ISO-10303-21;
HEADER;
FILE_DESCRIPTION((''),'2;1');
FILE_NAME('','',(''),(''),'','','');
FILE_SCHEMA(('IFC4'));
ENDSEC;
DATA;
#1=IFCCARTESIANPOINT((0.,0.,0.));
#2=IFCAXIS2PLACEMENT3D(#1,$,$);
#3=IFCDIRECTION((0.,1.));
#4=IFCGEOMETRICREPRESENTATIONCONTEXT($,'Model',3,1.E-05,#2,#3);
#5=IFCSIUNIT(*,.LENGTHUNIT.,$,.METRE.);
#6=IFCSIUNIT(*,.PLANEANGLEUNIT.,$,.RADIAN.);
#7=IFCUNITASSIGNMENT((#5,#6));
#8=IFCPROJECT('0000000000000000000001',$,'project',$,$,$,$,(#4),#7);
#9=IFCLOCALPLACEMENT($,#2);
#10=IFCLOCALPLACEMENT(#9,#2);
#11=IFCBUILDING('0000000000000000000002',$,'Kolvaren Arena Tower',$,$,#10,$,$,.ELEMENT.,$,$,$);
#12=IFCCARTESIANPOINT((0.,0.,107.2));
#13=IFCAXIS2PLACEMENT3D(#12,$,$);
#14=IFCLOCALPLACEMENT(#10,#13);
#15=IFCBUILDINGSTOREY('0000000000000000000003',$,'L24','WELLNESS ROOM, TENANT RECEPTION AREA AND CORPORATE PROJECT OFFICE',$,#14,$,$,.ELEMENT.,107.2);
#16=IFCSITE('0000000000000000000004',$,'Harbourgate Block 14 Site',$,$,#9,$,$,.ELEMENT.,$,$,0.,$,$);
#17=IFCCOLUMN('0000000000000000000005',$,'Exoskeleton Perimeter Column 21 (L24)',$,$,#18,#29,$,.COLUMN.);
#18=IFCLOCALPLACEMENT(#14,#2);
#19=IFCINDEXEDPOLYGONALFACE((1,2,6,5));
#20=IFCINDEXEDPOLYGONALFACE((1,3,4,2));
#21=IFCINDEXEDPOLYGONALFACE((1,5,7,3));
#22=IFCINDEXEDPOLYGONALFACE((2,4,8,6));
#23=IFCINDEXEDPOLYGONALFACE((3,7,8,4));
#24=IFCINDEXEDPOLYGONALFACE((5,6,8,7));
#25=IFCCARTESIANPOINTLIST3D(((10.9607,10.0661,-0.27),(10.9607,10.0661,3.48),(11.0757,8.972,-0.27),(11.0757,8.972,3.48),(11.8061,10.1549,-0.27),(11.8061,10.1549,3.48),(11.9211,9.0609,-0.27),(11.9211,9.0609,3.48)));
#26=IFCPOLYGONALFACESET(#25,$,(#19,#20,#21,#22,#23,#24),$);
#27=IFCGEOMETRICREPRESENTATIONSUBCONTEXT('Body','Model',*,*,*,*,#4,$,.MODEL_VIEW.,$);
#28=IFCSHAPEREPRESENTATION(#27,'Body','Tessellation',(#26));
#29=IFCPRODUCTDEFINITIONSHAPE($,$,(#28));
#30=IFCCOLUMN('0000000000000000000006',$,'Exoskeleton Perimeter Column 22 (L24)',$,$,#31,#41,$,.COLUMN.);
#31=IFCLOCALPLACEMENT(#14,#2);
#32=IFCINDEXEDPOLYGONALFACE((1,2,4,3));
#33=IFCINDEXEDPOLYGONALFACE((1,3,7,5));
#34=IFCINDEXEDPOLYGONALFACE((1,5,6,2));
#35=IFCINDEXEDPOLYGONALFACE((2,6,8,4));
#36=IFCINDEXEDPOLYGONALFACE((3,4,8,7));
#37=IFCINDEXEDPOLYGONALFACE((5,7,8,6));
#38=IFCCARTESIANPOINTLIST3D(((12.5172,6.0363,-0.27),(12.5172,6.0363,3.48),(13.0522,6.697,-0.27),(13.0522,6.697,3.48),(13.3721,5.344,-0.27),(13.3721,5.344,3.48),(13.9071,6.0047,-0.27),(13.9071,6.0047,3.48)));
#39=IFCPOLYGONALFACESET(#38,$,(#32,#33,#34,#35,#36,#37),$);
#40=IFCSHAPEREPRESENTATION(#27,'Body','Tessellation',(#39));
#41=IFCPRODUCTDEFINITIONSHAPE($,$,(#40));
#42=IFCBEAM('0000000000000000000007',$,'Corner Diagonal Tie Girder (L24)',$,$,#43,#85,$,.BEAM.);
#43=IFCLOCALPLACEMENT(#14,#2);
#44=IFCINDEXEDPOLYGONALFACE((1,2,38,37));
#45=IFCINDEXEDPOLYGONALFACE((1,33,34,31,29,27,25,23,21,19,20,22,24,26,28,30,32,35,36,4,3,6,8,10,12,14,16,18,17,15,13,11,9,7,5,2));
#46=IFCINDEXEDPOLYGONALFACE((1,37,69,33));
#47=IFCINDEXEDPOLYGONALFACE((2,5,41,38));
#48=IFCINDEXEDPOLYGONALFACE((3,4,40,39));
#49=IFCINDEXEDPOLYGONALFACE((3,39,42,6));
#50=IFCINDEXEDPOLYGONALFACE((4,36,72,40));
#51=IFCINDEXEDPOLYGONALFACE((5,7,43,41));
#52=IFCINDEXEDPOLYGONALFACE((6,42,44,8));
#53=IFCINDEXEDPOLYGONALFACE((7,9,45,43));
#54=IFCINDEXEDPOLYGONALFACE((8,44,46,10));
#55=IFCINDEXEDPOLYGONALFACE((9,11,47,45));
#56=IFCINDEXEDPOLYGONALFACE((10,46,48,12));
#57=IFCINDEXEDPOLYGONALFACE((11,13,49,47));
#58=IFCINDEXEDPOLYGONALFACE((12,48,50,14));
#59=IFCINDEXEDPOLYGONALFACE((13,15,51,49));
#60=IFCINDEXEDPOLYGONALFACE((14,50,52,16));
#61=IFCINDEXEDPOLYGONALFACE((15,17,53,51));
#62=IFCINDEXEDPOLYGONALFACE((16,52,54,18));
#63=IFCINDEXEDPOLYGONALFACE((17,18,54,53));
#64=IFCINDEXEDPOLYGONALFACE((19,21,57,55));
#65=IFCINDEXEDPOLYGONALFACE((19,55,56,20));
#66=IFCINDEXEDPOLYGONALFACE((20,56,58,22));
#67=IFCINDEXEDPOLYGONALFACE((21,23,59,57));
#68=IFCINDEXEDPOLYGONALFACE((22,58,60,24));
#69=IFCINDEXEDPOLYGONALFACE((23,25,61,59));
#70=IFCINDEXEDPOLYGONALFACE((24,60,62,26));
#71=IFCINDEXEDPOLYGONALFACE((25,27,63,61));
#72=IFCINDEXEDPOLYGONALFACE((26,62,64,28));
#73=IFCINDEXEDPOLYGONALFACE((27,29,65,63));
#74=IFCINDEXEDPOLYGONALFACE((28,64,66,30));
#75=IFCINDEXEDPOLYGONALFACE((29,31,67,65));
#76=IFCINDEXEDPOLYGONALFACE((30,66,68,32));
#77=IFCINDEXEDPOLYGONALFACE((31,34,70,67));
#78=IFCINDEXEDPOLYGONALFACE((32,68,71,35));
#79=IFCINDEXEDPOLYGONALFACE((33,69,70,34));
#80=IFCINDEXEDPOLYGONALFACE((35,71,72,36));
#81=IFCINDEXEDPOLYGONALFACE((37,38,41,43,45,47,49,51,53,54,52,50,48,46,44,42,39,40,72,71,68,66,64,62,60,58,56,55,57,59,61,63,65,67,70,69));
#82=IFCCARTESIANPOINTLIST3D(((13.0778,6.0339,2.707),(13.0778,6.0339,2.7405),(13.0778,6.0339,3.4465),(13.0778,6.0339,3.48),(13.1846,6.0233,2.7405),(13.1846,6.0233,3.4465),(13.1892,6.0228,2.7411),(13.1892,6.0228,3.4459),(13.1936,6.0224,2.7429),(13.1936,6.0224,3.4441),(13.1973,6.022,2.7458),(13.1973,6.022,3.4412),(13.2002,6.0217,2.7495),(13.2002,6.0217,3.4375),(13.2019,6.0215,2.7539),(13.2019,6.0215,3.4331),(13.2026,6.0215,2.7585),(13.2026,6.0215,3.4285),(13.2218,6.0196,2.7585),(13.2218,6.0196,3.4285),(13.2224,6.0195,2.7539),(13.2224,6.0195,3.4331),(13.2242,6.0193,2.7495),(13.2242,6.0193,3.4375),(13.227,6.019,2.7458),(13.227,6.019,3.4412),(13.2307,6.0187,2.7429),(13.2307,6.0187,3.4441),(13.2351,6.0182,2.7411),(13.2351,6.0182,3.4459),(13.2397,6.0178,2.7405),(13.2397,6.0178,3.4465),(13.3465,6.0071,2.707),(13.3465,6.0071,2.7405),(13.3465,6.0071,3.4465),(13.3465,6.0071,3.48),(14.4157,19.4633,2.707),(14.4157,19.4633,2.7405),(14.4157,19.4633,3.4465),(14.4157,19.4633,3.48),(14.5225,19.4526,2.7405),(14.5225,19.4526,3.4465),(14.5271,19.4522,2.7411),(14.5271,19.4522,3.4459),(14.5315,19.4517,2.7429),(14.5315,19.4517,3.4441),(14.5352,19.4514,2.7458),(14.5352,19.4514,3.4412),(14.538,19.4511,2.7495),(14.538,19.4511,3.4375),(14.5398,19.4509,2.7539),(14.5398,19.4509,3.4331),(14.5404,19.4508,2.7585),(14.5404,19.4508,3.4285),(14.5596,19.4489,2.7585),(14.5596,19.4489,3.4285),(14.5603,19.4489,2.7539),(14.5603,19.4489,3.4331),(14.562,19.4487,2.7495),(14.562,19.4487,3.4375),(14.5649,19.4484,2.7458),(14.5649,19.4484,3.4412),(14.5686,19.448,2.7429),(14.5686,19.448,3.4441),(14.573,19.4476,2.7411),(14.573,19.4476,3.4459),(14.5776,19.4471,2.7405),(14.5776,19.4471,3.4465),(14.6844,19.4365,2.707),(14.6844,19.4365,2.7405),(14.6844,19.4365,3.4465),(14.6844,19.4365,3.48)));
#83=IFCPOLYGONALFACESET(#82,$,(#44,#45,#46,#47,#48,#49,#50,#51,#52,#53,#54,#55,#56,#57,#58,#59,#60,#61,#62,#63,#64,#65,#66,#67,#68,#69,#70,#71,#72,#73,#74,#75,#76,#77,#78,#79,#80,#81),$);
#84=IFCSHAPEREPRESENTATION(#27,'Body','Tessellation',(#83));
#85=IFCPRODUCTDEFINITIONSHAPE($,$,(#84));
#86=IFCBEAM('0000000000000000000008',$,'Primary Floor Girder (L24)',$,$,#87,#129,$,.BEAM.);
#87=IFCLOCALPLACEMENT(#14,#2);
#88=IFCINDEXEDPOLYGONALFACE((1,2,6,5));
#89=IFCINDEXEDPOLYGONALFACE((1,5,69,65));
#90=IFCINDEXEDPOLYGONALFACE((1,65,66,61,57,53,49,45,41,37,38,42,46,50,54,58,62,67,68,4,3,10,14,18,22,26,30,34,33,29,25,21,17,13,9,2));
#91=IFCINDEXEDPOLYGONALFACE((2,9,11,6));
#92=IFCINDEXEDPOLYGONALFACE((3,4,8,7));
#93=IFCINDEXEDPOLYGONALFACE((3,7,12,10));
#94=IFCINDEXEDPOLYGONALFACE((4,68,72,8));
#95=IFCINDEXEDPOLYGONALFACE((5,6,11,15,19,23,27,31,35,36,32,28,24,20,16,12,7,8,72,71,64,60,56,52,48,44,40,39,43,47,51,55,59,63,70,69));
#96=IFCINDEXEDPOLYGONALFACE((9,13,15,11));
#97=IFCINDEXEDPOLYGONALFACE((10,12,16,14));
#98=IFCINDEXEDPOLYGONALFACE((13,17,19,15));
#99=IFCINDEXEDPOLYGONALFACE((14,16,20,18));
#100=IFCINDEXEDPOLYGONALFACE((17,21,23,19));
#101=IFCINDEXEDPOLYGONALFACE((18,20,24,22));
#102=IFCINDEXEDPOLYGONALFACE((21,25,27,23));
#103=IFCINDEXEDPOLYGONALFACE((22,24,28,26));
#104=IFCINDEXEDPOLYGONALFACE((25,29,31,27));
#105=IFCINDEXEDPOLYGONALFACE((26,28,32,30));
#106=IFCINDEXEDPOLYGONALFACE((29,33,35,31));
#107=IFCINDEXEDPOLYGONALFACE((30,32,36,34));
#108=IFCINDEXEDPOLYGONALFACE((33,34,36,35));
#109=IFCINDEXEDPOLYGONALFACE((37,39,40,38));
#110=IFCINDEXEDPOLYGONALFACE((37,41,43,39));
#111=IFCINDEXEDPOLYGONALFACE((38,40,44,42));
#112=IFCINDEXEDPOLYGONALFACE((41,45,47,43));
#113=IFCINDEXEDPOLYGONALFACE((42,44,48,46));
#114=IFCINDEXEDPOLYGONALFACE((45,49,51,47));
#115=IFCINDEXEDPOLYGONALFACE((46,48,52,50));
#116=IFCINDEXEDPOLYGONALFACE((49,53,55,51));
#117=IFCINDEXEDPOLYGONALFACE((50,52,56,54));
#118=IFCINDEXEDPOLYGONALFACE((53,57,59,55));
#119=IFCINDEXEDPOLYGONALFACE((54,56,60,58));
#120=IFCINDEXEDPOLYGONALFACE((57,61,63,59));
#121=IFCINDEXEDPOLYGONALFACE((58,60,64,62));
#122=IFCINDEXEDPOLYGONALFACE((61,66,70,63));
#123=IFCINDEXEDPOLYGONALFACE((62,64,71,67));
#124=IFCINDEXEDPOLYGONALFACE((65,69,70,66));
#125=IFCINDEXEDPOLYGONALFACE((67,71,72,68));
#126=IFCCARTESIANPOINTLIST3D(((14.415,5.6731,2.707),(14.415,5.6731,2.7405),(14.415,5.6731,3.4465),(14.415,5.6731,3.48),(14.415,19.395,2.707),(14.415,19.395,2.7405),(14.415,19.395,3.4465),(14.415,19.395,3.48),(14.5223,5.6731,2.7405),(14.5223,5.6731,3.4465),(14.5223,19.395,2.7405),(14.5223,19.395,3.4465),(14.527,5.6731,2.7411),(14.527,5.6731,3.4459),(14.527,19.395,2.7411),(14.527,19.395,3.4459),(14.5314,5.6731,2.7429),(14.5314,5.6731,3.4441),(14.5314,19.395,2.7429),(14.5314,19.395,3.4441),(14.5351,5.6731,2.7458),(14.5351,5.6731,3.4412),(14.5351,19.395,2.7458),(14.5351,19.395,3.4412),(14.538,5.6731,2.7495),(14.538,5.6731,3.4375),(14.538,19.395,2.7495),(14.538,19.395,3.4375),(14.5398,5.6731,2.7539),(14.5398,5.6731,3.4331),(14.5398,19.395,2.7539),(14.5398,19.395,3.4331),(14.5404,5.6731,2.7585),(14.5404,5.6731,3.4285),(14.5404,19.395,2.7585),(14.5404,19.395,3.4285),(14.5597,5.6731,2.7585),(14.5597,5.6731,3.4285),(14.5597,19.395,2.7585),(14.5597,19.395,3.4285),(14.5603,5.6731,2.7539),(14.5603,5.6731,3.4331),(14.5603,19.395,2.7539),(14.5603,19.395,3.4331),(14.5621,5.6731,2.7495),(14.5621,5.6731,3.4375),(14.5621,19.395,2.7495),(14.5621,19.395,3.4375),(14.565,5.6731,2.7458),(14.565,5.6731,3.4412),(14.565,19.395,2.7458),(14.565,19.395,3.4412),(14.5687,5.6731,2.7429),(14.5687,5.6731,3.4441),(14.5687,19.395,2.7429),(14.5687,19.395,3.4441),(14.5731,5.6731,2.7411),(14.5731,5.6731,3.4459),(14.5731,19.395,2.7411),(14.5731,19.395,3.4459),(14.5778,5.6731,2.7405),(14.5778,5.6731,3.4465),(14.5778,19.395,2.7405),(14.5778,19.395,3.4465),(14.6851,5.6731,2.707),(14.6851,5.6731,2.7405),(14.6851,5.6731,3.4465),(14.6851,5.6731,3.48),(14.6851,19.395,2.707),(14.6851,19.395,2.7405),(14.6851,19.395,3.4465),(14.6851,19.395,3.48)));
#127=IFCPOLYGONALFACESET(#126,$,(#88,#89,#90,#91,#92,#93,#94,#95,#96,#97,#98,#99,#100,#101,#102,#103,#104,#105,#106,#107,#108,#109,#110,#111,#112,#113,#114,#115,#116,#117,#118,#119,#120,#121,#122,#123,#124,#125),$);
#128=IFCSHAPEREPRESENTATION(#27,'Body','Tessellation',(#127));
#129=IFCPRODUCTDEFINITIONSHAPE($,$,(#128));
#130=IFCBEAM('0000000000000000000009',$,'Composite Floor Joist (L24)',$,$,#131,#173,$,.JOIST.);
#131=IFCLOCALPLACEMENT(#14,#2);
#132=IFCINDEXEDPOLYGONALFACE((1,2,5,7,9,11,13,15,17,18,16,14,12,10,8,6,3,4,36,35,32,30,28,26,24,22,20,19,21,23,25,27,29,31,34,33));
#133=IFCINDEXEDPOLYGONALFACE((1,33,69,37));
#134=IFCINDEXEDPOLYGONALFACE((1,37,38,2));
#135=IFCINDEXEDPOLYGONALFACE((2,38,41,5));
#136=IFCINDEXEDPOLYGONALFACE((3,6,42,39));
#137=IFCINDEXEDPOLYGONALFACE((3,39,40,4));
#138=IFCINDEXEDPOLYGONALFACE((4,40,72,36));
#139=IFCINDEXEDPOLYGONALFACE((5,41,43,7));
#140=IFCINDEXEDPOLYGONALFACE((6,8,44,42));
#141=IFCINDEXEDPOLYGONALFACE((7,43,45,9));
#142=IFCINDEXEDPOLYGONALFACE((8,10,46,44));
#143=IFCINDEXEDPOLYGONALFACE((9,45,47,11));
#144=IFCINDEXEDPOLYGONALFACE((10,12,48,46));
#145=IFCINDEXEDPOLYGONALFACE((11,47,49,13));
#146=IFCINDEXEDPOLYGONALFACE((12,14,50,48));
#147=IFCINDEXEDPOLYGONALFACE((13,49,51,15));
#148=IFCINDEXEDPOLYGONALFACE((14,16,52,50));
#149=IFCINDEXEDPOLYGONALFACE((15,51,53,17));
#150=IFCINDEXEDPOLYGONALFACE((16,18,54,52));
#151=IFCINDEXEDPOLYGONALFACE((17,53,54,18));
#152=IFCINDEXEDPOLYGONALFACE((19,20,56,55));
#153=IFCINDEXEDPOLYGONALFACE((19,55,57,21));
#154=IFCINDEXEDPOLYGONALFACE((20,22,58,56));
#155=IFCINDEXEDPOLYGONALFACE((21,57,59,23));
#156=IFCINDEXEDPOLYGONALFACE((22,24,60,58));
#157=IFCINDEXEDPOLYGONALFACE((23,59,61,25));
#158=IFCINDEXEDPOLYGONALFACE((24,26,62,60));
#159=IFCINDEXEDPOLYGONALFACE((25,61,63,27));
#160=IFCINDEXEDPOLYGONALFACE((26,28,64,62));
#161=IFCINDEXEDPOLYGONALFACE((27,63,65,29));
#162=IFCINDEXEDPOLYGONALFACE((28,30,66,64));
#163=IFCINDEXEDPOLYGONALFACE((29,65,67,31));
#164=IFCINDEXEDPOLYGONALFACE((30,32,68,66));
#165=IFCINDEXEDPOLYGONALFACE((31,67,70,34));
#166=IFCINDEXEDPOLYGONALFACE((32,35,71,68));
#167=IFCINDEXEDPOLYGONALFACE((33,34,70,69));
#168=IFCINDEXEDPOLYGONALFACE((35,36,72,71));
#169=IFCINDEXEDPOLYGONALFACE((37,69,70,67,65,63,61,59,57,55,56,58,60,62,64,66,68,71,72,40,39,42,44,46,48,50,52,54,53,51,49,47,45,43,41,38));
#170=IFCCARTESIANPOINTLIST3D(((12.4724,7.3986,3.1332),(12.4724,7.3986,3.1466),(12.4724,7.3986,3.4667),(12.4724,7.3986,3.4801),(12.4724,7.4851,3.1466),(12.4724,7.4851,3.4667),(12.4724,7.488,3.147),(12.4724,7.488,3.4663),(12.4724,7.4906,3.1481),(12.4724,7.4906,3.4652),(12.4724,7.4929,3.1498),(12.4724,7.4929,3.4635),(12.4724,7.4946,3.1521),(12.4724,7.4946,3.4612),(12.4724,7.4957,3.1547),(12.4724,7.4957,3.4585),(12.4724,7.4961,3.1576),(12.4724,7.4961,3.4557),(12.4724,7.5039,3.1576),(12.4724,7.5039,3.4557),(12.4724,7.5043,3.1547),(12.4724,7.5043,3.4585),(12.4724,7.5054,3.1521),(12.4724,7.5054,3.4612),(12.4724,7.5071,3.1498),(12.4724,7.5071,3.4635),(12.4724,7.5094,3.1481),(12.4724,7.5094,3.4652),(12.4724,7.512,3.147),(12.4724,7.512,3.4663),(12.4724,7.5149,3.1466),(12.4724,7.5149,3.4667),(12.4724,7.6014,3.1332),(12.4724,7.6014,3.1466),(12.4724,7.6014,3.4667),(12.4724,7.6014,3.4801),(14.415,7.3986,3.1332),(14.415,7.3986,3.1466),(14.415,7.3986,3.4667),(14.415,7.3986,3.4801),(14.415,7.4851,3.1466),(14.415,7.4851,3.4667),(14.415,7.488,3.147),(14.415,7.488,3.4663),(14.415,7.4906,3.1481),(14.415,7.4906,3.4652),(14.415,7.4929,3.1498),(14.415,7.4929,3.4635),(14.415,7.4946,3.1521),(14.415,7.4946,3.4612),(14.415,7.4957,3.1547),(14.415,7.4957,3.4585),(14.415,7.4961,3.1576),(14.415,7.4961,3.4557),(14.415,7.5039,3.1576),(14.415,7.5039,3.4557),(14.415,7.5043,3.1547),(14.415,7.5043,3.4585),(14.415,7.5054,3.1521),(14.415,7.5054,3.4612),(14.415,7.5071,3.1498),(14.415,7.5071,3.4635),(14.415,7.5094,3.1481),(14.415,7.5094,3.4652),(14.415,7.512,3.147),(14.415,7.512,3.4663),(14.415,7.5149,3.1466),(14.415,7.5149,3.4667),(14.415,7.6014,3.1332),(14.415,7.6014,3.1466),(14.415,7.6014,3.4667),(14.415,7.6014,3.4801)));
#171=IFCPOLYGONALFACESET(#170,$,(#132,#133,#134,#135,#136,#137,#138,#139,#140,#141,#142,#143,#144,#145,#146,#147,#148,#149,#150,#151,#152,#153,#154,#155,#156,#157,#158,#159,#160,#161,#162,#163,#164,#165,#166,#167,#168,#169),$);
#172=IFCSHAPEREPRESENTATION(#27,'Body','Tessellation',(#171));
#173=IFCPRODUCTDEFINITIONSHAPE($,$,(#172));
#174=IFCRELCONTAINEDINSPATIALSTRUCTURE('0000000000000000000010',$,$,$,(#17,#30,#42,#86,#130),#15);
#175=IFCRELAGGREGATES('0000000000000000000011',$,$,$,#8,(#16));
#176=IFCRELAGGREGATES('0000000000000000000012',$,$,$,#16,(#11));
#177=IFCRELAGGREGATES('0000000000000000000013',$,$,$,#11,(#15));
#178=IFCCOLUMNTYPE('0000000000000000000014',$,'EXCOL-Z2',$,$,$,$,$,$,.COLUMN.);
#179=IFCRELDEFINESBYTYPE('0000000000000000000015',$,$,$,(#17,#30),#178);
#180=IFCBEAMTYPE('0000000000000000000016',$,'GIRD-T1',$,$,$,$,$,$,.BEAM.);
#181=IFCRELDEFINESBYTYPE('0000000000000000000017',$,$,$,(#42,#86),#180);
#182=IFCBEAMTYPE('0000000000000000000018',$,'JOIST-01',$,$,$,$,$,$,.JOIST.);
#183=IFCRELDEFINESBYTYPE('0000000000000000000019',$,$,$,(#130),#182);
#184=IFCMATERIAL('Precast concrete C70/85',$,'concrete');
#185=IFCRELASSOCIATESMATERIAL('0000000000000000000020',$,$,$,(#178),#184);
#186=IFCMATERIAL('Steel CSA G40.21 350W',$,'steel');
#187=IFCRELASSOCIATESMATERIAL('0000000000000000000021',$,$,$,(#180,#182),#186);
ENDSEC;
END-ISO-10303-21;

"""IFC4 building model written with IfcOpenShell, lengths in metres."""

from ifc_helpers import new_model, si_unit, direction, frame, origin, origin_2d, place, context, subcontext, project, spatial, rectangle, i_section, extrude, material, material_profile, profile_set, type_object, element, save


model = new_model("IFC4")

# Units and contexts
model_context = context("Model", 3, precision=1e-05, world=origin(), true_north=direction((0.0, 1.0)))
body_context = subcontext(model_context, "Body", "Model", "MODEL_VIEW")
ifc_project = project(units=[si_unit("LENGTHUNIT", "METRE"), si_unit("PLANEANGLEUNIT", "RADIAN")], contexts=[model_context])

# Site, building, storey
site_placement = place(None, origin())
site = spatial("IfcSite", under=ifc_project, at=site_placement, Name="Harbourgate Block 14 Site", CompositionType="ELEMENT", RefElevation=0.0)
building_placement = place(site_placement, origin())
building = spatial("IfcBuilding", under=site, at=building_placement, Name="Kolvaren Arena Tower", CompositionType="ELEMENT")
storey_placement = place(building_placement, frame((0.0, 0.0, 107.2)))
storey = spatial("IfcBuildingStorey", under=building, at=storey_placement, Name="L24", Description="WELLNESS ROOM, TENANT RECEPTION AREA AND CORPORATE PROJECT OFFICE", CompositionType="ELEMENT", Elevation=107.2)

# Columns
ifc_material_1 = material(Name="Precast concrete C70/85", Category="concrete")
ifc_material_profile_1 = material_profile(ifc_material_1, rectangle(XDim=1.1001, YDim=0.8501, at=origin_2d()), Name="RC-1100x850")
ifc_profile_set_1 = profile_set([ifc_material_profile_1], Name="Precast concrete C70/85")
column_type = type_object("IfcColumnType", Name="EXCOL-Z2", PredefinedType="COLUMN", material=ifc_profile_set_1)
for number, where, z_axis, x_axis, name in (
    (1, (11.4409, 9.5635, -0.27), (0.0, 0.0, 1.0), (-0.104528, 0.994522, 0.0), "Exoskeleton Perimeter Column 21 (L24)"),
    (2, (13.2122, 6.0205, -0.27), (0.0, 0.0, 1.0), (-0.777146, 0.62932, 0.0), "Exoskeleton Perimeter Column 22 (L24)"),
):
    element("IfcColumn", number, at=place(storey_placement, frame(where, z_axis=z_axis, x_axis=x_axis)), inside=storey, type_object=column_type, Name=name, PredefinedType="COLUMN", context=body_context, shape_type="SweptSolid", body=[
        extrude(rectangle(XDim=1.1001, YDim=0.8501, at=origin_2d()), origin(), (0.0, 0.0, 1.0), 3.75),
    ])

# Beams
ifc_material_2 = material(Name="Steel CSA G40.21 350W", Category="steel")
ifc_material_profile_2 = material_profile(ifc_material_2, i_section(OverallWidth=0.27, OverallDepth=0.7729, WebThickness=0.0193, FlangeThickness=0.0334, FilletRadius=0.0181, at=origin_2d()), Name="W760x257")
ifc_profile_set_2 = profile_set([ifc_material_profile_2], Name="Steel CSA G40.21 350W")
beam_type_1 = type_object("IfcBeamType", Name="GIRD-T1", PredefinedType="BEAM", material=ifc_profile_set_2)
beam_1_placement = place(storey_placement, frame((13.2122, 6.0205, 3.0935), z_axis=(0.099133, 0.995074, 0.0), x_axis=(-0.995074, 0.099133, 0.0)))
element("IfcBeam", 3, at=beam_1_placement, inside=storey, type_object=beam_type_1, Name="Corner Diagonal Tie Girder (L24)", PredefinedType="BEAM", context=body_context, shape_type="SweptSolid", body=[
    extrude(i_section(OverallWidth=0.27, OverallDepth=0.7729, WebThickness=0.0193, FlangeThickness=0.0334, FilletRadius=0.0181, at=origin_2d()), origin(), (0.0, 0.0, 1.0), 13.4958),
])
beam_2_placement = place(storey_placement, frame((14.55, 5.6731, 3.0935), z_axis=(0.0, 1.0, 0.0), x_axis=(-1.0, 0.0, 0.0)))
element("IfcBeam", 4, at=beam_2_placement, inside=storey, type_object=beam_type_1, Name="Primary Floor Girder (L24)", PredefinedType="BEAM", context=body_context, shape_type="SweptSolid", body=[
    extrude(i_section(OverallWidth=0.27, OverallDepth=0.7729, WebThickness=0.0193, FlangeThickness=0.0334, FilletRadius=0.0181, at=origin_2d()), origin(), (0.0, 0.0, 1.0), 13.7219),
])
ifc_material_profile_3 = material_profile(ifc_material_2, i_section(OverallWidth=0.2029, OverallDepth=0.3469, WebThickness=0.0078, FlangeThickness=0.0134, FilletRadius=0.011, at=origin_2d()), Name="W360x64")
ifc_profile_set_3 = profile_set([ifc_material_profile_3], Name="Steel CSA G40.21 350W")
beam_type_2 = type_object("IfcBeamType", Name="JOIST-01", PredefinedType="JOIST", material=ifc_profile_set_3)
beam_3_placement = place(storey_placement, frame((12.4724, 7.5, 3.3066), z_axis=(1.0, 0.0, 0.0), x_axis=(0.0, 1.0, 0.0)))
element("IfcBeam", 5, at=beam_3_placement, inside=storey, type_object=beam_type_2, Name="Composite Floor Joist (L24)", PredefinedType="JOIST", context=body_context, shape_type="SweptSolid", body=[
    extrude(i_section(OverallWidth=0.2029, OverallDepth=0.3469, WebThickness=0.0078, FlangeThickness=0.0134, FilletRadius=0.011, at=origin_2d()), origin(), (0.0, 0.0, 1.0), 1.9426),
])

save(model, "model.ifc")
